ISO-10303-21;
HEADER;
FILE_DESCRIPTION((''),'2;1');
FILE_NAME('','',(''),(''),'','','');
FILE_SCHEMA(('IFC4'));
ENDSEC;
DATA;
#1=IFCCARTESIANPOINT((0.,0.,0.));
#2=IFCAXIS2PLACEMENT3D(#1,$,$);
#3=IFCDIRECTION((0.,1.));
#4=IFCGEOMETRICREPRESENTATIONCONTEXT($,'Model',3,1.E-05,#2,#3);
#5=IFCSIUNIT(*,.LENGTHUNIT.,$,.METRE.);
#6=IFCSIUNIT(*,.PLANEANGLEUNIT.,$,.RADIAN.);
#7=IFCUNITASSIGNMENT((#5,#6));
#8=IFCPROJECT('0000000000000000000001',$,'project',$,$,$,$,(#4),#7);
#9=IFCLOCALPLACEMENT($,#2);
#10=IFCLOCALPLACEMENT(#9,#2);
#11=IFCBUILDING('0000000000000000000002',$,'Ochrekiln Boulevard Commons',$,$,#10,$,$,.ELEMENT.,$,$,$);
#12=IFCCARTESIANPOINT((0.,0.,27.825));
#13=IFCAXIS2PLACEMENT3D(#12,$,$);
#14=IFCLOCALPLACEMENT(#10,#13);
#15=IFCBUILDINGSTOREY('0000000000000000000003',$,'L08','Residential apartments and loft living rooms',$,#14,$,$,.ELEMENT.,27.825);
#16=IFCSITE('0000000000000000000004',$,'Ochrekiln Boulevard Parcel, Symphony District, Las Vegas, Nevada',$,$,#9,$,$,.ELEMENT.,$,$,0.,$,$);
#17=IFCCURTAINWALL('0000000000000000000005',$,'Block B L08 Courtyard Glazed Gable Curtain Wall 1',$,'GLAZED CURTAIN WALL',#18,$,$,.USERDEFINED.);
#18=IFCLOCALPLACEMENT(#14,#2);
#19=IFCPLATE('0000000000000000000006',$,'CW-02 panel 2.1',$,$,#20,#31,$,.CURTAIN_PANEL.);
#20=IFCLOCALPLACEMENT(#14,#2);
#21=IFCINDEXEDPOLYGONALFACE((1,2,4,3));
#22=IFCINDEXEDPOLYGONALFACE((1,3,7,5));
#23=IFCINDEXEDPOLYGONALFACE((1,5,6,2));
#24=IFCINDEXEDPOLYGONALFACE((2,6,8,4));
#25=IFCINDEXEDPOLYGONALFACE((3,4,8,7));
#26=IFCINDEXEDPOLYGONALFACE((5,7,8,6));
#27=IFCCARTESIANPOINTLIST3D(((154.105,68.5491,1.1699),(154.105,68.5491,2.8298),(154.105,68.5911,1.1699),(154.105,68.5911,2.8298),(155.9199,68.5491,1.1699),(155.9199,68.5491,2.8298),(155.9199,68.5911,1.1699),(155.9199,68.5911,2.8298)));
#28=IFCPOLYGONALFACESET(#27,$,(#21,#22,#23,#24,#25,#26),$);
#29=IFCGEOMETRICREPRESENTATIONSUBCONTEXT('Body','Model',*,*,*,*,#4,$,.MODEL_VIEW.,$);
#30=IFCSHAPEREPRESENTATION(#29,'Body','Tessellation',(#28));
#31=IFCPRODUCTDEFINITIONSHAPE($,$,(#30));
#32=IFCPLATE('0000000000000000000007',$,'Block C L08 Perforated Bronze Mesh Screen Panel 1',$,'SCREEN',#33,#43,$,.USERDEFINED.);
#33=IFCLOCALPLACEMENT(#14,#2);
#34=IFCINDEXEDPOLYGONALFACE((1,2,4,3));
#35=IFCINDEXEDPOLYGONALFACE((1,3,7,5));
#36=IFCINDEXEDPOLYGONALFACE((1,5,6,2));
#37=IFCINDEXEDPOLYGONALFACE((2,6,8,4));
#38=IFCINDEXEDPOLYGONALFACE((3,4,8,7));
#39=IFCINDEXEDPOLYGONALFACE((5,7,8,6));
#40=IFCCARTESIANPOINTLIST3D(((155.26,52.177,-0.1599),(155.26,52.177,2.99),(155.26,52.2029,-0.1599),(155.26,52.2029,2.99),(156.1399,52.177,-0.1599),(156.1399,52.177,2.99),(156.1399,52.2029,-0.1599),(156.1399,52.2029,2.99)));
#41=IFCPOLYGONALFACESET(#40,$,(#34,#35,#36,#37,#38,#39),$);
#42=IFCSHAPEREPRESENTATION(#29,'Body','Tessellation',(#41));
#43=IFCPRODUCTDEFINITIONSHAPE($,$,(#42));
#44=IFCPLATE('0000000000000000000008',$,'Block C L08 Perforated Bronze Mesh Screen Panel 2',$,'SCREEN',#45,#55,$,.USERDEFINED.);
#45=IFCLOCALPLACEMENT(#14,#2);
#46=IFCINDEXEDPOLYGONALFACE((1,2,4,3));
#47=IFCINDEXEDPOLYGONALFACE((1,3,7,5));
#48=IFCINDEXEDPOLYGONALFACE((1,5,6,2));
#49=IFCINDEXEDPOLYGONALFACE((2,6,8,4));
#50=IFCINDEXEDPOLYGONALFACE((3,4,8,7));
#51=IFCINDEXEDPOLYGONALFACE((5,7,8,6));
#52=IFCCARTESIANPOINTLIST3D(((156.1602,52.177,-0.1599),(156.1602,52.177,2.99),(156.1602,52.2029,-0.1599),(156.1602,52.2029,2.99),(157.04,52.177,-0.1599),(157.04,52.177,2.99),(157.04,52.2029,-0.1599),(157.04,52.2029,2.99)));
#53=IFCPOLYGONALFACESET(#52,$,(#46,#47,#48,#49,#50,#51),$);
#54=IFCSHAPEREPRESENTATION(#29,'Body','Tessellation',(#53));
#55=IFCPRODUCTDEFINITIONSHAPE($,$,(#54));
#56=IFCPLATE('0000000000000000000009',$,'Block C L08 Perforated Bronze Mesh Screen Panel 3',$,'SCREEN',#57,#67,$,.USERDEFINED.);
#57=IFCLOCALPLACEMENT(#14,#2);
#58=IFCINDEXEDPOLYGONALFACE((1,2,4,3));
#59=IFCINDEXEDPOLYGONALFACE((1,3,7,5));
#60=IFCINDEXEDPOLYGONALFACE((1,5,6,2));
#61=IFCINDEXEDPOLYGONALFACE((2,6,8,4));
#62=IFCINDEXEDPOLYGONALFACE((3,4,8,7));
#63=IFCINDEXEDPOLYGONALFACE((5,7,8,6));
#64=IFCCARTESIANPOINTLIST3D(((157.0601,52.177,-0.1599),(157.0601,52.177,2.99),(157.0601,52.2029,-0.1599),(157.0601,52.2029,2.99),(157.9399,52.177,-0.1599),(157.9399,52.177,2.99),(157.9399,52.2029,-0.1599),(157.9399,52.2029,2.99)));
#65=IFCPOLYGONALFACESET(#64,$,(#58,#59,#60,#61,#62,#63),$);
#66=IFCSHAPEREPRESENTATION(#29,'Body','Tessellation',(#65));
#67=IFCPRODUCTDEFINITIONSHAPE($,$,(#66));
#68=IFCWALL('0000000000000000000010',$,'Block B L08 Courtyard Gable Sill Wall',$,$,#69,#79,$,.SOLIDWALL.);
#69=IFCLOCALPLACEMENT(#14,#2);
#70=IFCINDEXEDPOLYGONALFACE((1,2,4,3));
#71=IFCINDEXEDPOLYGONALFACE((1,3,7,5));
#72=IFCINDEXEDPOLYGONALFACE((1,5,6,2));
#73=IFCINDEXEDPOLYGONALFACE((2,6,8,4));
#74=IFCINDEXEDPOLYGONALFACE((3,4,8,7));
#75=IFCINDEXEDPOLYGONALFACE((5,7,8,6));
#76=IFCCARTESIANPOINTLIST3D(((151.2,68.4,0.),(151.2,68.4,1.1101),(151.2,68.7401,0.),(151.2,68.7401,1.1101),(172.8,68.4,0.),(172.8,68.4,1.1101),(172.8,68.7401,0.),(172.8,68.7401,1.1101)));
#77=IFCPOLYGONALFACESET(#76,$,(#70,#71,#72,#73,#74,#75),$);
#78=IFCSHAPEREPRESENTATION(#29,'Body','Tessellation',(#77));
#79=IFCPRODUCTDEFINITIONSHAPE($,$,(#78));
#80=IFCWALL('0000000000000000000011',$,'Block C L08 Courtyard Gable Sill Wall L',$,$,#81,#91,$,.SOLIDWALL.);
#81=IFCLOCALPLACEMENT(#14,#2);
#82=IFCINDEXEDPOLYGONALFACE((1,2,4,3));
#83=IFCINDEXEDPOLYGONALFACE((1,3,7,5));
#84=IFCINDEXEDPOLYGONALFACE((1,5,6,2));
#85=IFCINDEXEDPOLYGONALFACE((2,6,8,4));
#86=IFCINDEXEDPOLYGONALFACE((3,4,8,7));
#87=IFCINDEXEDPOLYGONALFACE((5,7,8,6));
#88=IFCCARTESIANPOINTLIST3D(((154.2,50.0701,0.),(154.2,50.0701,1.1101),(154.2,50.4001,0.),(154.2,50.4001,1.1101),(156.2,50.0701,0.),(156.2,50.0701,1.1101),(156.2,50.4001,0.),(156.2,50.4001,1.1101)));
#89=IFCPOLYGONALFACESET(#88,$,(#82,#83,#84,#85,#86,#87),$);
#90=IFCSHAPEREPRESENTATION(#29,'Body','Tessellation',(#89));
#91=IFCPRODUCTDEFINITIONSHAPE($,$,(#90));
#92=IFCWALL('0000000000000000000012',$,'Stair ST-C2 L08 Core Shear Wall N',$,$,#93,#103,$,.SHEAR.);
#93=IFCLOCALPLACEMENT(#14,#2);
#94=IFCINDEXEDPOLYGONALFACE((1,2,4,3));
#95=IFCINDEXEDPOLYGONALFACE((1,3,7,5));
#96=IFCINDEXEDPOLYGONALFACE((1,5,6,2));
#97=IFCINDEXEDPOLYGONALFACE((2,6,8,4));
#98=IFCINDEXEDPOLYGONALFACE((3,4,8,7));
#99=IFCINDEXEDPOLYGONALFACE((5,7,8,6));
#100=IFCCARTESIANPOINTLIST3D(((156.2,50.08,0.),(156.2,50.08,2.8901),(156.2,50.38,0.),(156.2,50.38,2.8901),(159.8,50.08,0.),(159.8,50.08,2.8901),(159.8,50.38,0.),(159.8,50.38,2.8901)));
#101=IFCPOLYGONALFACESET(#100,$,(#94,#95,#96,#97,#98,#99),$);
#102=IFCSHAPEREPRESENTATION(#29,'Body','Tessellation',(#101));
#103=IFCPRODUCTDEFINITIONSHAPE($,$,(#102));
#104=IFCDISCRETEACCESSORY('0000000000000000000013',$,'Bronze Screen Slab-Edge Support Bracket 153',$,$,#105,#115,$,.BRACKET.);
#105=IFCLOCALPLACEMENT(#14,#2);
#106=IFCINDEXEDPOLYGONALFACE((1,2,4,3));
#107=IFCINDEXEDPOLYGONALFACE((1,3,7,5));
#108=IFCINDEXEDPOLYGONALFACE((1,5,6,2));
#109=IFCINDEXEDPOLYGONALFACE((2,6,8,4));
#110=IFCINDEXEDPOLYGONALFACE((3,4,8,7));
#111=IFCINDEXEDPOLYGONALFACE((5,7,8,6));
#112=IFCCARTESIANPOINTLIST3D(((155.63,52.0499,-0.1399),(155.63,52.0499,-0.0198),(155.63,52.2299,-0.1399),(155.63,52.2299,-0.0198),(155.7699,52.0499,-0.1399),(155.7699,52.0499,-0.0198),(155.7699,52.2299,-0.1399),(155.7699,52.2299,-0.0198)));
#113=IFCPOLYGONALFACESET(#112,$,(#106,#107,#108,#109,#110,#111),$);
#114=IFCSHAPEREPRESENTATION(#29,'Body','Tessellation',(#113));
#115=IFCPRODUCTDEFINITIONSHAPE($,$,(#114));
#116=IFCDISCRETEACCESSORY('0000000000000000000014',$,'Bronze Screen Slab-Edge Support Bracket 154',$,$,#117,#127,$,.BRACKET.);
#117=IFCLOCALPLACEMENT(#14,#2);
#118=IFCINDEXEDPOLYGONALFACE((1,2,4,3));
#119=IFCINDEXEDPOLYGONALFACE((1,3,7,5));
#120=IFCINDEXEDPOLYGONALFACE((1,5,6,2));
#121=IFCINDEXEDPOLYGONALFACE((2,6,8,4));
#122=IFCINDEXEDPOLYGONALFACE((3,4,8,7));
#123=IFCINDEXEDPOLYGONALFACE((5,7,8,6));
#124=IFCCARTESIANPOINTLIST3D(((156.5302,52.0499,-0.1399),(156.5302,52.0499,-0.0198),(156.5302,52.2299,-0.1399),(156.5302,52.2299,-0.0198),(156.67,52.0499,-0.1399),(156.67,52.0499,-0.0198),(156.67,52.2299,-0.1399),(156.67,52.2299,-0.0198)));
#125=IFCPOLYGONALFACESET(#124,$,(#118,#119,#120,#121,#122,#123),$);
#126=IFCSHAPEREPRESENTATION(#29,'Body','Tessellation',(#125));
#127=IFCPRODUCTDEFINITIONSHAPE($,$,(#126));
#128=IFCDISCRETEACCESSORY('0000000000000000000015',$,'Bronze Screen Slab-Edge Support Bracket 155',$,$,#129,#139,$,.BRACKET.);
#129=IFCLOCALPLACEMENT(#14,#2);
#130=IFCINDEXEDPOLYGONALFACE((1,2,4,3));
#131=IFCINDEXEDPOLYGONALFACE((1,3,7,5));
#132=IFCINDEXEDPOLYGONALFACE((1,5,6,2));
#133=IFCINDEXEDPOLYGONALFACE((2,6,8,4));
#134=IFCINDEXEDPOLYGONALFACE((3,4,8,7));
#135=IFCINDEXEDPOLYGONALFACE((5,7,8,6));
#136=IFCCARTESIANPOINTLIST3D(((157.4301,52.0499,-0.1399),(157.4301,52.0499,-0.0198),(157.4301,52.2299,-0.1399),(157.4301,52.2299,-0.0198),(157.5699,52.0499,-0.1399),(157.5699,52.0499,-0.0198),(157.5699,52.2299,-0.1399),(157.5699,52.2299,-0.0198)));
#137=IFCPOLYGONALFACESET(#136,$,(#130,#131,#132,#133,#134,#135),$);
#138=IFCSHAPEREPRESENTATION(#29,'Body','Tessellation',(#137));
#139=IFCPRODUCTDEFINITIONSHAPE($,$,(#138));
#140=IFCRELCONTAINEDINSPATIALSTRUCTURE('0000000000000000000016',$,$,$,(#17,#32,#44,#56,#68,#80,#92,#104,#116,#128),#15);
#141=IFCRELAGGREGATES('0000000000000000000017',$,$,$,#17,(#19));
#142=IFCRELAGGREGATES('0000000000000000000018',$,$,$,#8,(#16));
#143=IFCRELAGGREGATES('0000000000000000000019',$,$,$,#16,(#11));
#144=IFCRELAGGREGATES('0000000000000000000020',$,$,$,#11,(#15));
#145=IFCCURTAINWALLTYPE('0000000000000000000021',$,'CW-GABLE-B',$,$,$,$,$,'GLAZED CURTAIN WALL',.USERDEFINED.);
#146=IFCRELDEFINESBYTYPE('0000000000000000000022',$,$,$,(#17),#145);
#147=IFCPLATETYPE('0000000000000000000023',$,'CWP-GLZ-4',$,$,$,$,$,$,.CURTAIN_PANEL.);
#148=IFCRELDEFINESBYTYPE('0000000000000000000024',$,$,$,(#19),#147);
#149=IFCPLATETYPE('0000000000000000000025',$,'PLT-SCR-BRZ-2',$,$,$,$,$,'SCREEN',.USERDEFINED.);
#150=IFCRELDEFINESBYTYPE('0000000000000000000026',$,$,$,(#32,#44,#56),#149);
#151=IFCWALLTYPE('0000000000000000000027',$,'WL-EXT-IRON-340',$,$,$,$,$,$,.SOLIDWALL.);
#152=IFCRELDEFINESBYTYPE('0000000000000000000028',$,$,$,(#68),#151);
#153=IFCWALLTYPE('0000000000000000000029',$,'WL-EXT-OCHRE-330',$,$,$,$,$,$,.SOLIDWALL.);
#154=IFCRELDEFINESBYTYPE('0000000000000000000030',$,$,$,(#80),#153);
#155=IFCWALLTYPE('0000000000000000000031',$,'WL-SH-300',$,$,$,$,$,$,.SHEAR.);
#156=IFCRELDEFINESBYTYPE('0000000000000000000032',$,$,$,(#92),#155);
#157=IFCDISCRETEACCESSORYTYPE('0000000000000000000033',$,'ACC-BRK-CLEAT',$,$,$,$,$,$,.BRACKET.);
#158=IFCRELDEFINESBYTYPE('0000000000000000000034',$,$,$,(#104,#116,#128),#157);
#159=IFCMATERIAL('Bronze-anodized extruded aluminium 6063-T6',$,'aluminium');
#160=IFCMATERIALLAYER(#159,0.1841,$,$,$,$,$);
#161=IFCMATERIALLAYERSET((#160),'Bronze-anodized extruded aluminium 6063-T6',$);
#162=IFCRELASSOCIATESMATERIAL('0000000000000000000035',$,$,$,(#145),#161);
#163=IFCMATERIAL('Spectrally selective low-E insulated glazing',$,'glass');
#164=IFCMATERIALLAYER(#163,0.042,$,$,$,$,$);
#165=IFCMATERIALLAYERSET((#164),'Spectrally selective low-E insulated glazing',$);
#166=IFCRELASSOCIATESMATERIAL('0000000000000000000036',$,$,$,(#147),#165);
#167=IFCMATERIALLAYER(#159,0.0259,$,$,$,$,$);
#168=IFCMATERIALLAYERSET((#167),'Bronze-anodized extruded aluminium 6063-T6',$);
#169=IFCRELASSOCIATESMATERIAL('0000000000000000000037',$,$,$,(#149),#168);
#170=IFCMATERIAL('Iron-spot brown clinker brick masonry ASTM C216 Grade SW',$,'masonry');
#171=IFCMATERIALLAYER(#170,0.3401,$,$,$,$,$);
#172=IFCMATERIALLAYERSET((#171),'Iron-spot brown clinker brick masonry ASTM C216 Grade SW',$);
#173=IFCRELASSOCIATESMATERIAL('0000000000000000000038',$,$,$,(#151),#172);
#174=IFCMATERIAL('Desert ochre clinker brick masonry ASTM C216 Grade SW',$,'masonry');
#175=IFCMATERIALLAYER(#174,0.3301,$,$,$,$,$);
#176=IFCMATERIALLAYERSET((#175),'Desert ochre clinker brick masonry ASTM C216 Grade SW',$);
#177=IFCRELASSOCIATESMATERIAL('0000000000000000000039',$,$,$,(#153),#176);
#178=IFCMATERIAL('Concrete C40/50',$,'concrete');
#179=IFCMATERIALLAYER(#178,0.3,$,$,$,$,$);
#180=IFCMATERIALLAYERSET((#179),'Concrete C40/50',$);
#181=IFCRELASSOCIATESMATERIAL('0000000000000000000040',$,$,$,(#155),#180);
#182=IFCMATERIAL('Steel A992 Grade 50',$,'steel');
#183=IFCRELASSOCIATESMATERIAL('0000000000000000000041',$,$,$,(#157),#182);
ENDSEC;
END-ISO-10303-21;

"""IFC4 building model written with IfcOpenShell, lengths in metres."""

from ifc_helpers import new_model, si_unit, direction, frame, frame_2d, origin, origin_2d, place, context, subcontext, project, spatial, rectangle, extrude, material, layer, layer_set, type_object, element, aggregate, save


model = new_model("IFC4")

# Units and contexts
model_context = context("Model", 3, precision=1e-05, world=origin(), true_north=direction((0.0, 1.0)))
body_context = subcontext(model_context, "Body", "Model", "MODEL_VIEW")
ifc_project = project(units=[si_unit("LENGTHUNIT", "METRE"), si_unit("PLANEANGLEUNIT", "RADIAN")], contexts=[model_context])

# Site, building, storey
site_placement = place(None, origin())
site = spatial("IfcSite", under=ifc_project, at=site_placement, Name="Ochrekiln Boulevard Parcel, Symphony District, Las Vegas, Nevada", CompositionType="ELEMENT", RefElevation=0.0)
building_placement = place(site_placement, origin())
building = spatial("IfcBuilding", under=site, at=building_placement, Name="Ochrekiln Boulevard Commons", CompositionType="ELEMENT")
storey_placement = place(building_placement, frame((0.0, 0.0, 27.825)))
storey = spatial("IfcBuildingStorey", under=building, at=storey_placement, Name="L08", Description="Residential apartments and loft living rooms", CompositionType="ELEMENT", Elevation=27.825)

# Curtain wall
ifc_material_1 = material(Name="Bronze-anodized extruded aluminium 6063-T6", Category="aluminium")
ifc_layer_1 = layer(ifc_material_1, 0.1841)
ifc_layer_set_1 = layer_set([ifc_layer_1], Name="Bronze-anodized extruded aluminium 6063-T6")
curtain_wall_type = type_object("IfcCurtainWallType", Name="CW-GABLE-B", ElementType="GLAZED CURTAIN WALL", PredefinedType="USERDEFINED", material=ifc_layer_set_1)
curtain_wall_1_placement = place(storey_placement, origin())
curtain_wall_1 = element("IfcCurtainWall", 1, at=curtain_wall_1_placement, inside=storey, type_object=curtain_wall_type, Name="Block B L08 Courtyard Glazed Gable Curtain Wall 1", ObjectType="GLAZED CURTAIN WALL", PredefinedType="USERDEFINED")

# Shared definitions
ifc_material_2 = material(Name="Concrete C40/50", Category="concrete")

# Plate
ifc_material_3 = material(Name="Spectrally selective low-E insulated glazing", Category="glass")
ifc_layer_2 = layer(ifc_material_3, 0.042)
ifc_layer_set_2 = layer_set([ifc_layer_2], Name="Spectrally selective low-E insulated glazing")
plate_type_1 = type_object("IfcPlateType", Name="CWP-GLZ-4", PredefinedType="CURTAIN_PANEL", material=ifc_layer_set_2)
plate_1_placement = place(storey_placement, frame((155.0125, 68.5701, 1.1699), z_axis=(0.0, 0.0, 1.0), x_axis=(1.0, 0.0, 0.0)))
plate_1 = element("IfcPlate", 2, at=plate_1_placement, type_object=plate_type_1, Name="CW-02 panel 2.1", PredefinedType="CURTAIN_PANEL", context=body_context, shape_type="SweptSolid", body=[
    extrude(rectangle(XDim=1.8149, YDim=0.042, at=origin_2d()), origin(), (0.0, 0.0, 1.0), 1.6599),
])
aggregate(curtain_wall_1, [plate_1])

# Plates
ifc_layer_3 = layer(ifc_material_1, 0.0259)
ifc_layer_set_3 = layer_set([ifc_layer_3], Name="Bronze-anodized extruded aluminium 6063-T6")
plate_type_2 = type_object("IfcPlateType", Name="PLT-SCR-BRZ-2", ElementType="SCREEN", PredefinedType="USERDEFINED", material=ifc_layer_set_3)
for number, where, z_axis, x_axis, name in (
    (3, (155.7, 52.1899, -0.1599), (0.0, 0.0, 1.0), (1.0, 0.0, 0.0), "Block C L08 Perforated Bronze Mesh Screen Panel 1"),
    (4, (156.6001, 52.1899, -0.1599), (0.0, 0.0, 1.0), (1.0, 0.0, 0.0), "Block C L08 Perforated Bronze Mesh Screen Panel 2"),
    (5, (157.5, 52.1899, -0.1599), (0.0, 0.0, 1.0), (1.0, 0.0, 0.0), "Block C L08 Perforated Bronze Mesh Screen Panel 3"),
):
    element("IfcPlate", number, at=place(storey_placement, frame(where, z_axis=z_axis, x_axis=x_axis)), inside=storey, type_object=plate_type_2, Name=name, ObjectType="SCREEN", PredefinedType="USERDEFINED", context=body_context, shape_type="SweptSolid", body=[
        extrude(rectangle(XDim=0.8799, YDim=0.0259, at=origin_2d()), origin(), (0.0, 0.0, 1.0), 3.1499),
    ])

# Walls
ifc_material_4 = material(Name="Iron-spot brown clinker brick masonry ASTM C216 Grade SW", Category="masonry")
ifc_layer_4 = layer(ifc_material_4, 0.3401)
ifc_layer_set_4 = layer_set([ifc_layer_4], Name="Iron-spot brown clinker brick masonry ASTM C216 Grade SW")
wall_type_1 = type_object("IfcWallType", Name="WL-EXT-IRON-340", PredefinedType="SOLIDWALL", material=ifc_layer_set_4)
wall_1_placement = place(storey_placement, frame((151.2, 68.5701, 0.0), z_axis=(0.0, 0.0, 1.0), x_axis=(1.0, 0.0, 0.0)))
element("IfcWall", 6, at=wall_1_placement, inside=storey, type_object=wall_type_1, Name="Block B L08 Courtyard Gable Sill Wall", PredefinedType="SOLIDWALL", context=body_context, shape_type="SweptSolid", body=[
    extrude(rectangle(XDim=21.6001, YDim=0.3401, at=frame_2d((10.8, 0.0))), origin(), (0.0, 0.0, 1.0), 1.1101),
])
ifc_material_5 = material(Name="Desert ochre clinker brick masonry ASTM C216 Grade SW", Category="masonry")
ifc_layer_5 = layer(ifc_material_5, 0.3301)
ifc_layer_set_5 = layer_set([ifc_layer_5], Name="Desert ochre clinker brick masonry ASTM C216 Grade SW")
wall_type_2 = type_object("IfcWallType", Name="WL-EXT-OCHRE-330", PredefinedType="SOLIDWALL", material=ifc_layer_set_5)
wall_2_placement = place(storey_placement, frame((154.2, 50.2351, 0.0), z_axis=(0.0, 0.0, 1.0), x_axis=(1.0, 0.0, 0.0)))
element("IfcWall", 7, at=wall_2_placement, inside=storey, type_object=wall_type_2, Name="Block C L08 Courtyard Gable Sill Wall L", PredefinedType="SOLIDWALL", context=body_context, shape_type="SweptSolid", body=[
    extrude(rectangle(XDim=2.0, YDim=0.3301, at=frame_2d((1.0, 0.0))), origin(), (0.0, 0.0, 1.0), 1.1101),
])
ifc_layer_6 = layer(ifc_material_2, 0.3)
ifc_layer_set_6 = layer_set([ifc_layer_6], Name="Concrete C40/50")
wall_type_3 = type_object("IfcWallType", Name="WL-SH-300", PredefinedType="SHEAR", material=ifc_layer_set_6)
wall_3_placement = place(storey_placement, frame((156.2, 50.23, 0.0), z_axis=(0.0, 0.0, 1.0), x_axis=(1.0, 0.0, 0.0)))
element("IfcWall", 8, at=wall_3_placement, inside=storey, type_object=wall_type_3, Name="Stair ST-C2 L08 Core Shear Wall N", PredefinedType="SHEAR", context=body_context, shape_type="SweptSolid", body=[
    extrude(rectangle(XDim=3.6001, YDim=0.3, at=frame_2d((1.8, 0.0))), origin(), (0.0, 0.0, 1.0), 2.8901),
])

# Discrete accessories
ifc_material_6 = material(Name="Steel A992 Grade 50", Category="steel")
discrete_accessory_type = type_object("IfcDiscreteAccessoryType", Name="ACC-BRK-CLEAT", PredefinedType="BRACKET", material=ifc_material_6)
for number, where, z_axis, x_axis, name in (
    (9, (155.7, 52.1399, -0.1399), (0.0, 0.0, 1.0), (1.0, 0.0, 0.0), "Bronze Screen Slab-Edge Support Bracket 153"),
    (10, (156.6001, 52.1399, -0.1399), (0.0, 0.0, 1.0), (1.0, 0.0, 0.0), "Bronze Screen Slab-Edge Support Bracket 154"),
    (11, (157.5, 52.1399, -0.1399), (0.0, 0.0, 1.0), (1.0, 0.0, 0.0), "Bronze Screen Slab-Edge Support Bracket 155"),
):
    element("IfcDiscreteAccessory", number, at=place(storey_placement, frame(where, z_axis=z_axis, x_axis=x_axis)), inside=storey, type_object=discrete_accessory_type, Name=name, PredefinedType="BRACKET", context=body_context, shape_type="SweptSolid", body=[
        extrude(rectangle(XDim=0.1399, YDim=0.1799, at=origin_2d()), origin(), (0.0, 0.0, 1.0), 0.1201),
    ])

save(model, "model.ifc")
